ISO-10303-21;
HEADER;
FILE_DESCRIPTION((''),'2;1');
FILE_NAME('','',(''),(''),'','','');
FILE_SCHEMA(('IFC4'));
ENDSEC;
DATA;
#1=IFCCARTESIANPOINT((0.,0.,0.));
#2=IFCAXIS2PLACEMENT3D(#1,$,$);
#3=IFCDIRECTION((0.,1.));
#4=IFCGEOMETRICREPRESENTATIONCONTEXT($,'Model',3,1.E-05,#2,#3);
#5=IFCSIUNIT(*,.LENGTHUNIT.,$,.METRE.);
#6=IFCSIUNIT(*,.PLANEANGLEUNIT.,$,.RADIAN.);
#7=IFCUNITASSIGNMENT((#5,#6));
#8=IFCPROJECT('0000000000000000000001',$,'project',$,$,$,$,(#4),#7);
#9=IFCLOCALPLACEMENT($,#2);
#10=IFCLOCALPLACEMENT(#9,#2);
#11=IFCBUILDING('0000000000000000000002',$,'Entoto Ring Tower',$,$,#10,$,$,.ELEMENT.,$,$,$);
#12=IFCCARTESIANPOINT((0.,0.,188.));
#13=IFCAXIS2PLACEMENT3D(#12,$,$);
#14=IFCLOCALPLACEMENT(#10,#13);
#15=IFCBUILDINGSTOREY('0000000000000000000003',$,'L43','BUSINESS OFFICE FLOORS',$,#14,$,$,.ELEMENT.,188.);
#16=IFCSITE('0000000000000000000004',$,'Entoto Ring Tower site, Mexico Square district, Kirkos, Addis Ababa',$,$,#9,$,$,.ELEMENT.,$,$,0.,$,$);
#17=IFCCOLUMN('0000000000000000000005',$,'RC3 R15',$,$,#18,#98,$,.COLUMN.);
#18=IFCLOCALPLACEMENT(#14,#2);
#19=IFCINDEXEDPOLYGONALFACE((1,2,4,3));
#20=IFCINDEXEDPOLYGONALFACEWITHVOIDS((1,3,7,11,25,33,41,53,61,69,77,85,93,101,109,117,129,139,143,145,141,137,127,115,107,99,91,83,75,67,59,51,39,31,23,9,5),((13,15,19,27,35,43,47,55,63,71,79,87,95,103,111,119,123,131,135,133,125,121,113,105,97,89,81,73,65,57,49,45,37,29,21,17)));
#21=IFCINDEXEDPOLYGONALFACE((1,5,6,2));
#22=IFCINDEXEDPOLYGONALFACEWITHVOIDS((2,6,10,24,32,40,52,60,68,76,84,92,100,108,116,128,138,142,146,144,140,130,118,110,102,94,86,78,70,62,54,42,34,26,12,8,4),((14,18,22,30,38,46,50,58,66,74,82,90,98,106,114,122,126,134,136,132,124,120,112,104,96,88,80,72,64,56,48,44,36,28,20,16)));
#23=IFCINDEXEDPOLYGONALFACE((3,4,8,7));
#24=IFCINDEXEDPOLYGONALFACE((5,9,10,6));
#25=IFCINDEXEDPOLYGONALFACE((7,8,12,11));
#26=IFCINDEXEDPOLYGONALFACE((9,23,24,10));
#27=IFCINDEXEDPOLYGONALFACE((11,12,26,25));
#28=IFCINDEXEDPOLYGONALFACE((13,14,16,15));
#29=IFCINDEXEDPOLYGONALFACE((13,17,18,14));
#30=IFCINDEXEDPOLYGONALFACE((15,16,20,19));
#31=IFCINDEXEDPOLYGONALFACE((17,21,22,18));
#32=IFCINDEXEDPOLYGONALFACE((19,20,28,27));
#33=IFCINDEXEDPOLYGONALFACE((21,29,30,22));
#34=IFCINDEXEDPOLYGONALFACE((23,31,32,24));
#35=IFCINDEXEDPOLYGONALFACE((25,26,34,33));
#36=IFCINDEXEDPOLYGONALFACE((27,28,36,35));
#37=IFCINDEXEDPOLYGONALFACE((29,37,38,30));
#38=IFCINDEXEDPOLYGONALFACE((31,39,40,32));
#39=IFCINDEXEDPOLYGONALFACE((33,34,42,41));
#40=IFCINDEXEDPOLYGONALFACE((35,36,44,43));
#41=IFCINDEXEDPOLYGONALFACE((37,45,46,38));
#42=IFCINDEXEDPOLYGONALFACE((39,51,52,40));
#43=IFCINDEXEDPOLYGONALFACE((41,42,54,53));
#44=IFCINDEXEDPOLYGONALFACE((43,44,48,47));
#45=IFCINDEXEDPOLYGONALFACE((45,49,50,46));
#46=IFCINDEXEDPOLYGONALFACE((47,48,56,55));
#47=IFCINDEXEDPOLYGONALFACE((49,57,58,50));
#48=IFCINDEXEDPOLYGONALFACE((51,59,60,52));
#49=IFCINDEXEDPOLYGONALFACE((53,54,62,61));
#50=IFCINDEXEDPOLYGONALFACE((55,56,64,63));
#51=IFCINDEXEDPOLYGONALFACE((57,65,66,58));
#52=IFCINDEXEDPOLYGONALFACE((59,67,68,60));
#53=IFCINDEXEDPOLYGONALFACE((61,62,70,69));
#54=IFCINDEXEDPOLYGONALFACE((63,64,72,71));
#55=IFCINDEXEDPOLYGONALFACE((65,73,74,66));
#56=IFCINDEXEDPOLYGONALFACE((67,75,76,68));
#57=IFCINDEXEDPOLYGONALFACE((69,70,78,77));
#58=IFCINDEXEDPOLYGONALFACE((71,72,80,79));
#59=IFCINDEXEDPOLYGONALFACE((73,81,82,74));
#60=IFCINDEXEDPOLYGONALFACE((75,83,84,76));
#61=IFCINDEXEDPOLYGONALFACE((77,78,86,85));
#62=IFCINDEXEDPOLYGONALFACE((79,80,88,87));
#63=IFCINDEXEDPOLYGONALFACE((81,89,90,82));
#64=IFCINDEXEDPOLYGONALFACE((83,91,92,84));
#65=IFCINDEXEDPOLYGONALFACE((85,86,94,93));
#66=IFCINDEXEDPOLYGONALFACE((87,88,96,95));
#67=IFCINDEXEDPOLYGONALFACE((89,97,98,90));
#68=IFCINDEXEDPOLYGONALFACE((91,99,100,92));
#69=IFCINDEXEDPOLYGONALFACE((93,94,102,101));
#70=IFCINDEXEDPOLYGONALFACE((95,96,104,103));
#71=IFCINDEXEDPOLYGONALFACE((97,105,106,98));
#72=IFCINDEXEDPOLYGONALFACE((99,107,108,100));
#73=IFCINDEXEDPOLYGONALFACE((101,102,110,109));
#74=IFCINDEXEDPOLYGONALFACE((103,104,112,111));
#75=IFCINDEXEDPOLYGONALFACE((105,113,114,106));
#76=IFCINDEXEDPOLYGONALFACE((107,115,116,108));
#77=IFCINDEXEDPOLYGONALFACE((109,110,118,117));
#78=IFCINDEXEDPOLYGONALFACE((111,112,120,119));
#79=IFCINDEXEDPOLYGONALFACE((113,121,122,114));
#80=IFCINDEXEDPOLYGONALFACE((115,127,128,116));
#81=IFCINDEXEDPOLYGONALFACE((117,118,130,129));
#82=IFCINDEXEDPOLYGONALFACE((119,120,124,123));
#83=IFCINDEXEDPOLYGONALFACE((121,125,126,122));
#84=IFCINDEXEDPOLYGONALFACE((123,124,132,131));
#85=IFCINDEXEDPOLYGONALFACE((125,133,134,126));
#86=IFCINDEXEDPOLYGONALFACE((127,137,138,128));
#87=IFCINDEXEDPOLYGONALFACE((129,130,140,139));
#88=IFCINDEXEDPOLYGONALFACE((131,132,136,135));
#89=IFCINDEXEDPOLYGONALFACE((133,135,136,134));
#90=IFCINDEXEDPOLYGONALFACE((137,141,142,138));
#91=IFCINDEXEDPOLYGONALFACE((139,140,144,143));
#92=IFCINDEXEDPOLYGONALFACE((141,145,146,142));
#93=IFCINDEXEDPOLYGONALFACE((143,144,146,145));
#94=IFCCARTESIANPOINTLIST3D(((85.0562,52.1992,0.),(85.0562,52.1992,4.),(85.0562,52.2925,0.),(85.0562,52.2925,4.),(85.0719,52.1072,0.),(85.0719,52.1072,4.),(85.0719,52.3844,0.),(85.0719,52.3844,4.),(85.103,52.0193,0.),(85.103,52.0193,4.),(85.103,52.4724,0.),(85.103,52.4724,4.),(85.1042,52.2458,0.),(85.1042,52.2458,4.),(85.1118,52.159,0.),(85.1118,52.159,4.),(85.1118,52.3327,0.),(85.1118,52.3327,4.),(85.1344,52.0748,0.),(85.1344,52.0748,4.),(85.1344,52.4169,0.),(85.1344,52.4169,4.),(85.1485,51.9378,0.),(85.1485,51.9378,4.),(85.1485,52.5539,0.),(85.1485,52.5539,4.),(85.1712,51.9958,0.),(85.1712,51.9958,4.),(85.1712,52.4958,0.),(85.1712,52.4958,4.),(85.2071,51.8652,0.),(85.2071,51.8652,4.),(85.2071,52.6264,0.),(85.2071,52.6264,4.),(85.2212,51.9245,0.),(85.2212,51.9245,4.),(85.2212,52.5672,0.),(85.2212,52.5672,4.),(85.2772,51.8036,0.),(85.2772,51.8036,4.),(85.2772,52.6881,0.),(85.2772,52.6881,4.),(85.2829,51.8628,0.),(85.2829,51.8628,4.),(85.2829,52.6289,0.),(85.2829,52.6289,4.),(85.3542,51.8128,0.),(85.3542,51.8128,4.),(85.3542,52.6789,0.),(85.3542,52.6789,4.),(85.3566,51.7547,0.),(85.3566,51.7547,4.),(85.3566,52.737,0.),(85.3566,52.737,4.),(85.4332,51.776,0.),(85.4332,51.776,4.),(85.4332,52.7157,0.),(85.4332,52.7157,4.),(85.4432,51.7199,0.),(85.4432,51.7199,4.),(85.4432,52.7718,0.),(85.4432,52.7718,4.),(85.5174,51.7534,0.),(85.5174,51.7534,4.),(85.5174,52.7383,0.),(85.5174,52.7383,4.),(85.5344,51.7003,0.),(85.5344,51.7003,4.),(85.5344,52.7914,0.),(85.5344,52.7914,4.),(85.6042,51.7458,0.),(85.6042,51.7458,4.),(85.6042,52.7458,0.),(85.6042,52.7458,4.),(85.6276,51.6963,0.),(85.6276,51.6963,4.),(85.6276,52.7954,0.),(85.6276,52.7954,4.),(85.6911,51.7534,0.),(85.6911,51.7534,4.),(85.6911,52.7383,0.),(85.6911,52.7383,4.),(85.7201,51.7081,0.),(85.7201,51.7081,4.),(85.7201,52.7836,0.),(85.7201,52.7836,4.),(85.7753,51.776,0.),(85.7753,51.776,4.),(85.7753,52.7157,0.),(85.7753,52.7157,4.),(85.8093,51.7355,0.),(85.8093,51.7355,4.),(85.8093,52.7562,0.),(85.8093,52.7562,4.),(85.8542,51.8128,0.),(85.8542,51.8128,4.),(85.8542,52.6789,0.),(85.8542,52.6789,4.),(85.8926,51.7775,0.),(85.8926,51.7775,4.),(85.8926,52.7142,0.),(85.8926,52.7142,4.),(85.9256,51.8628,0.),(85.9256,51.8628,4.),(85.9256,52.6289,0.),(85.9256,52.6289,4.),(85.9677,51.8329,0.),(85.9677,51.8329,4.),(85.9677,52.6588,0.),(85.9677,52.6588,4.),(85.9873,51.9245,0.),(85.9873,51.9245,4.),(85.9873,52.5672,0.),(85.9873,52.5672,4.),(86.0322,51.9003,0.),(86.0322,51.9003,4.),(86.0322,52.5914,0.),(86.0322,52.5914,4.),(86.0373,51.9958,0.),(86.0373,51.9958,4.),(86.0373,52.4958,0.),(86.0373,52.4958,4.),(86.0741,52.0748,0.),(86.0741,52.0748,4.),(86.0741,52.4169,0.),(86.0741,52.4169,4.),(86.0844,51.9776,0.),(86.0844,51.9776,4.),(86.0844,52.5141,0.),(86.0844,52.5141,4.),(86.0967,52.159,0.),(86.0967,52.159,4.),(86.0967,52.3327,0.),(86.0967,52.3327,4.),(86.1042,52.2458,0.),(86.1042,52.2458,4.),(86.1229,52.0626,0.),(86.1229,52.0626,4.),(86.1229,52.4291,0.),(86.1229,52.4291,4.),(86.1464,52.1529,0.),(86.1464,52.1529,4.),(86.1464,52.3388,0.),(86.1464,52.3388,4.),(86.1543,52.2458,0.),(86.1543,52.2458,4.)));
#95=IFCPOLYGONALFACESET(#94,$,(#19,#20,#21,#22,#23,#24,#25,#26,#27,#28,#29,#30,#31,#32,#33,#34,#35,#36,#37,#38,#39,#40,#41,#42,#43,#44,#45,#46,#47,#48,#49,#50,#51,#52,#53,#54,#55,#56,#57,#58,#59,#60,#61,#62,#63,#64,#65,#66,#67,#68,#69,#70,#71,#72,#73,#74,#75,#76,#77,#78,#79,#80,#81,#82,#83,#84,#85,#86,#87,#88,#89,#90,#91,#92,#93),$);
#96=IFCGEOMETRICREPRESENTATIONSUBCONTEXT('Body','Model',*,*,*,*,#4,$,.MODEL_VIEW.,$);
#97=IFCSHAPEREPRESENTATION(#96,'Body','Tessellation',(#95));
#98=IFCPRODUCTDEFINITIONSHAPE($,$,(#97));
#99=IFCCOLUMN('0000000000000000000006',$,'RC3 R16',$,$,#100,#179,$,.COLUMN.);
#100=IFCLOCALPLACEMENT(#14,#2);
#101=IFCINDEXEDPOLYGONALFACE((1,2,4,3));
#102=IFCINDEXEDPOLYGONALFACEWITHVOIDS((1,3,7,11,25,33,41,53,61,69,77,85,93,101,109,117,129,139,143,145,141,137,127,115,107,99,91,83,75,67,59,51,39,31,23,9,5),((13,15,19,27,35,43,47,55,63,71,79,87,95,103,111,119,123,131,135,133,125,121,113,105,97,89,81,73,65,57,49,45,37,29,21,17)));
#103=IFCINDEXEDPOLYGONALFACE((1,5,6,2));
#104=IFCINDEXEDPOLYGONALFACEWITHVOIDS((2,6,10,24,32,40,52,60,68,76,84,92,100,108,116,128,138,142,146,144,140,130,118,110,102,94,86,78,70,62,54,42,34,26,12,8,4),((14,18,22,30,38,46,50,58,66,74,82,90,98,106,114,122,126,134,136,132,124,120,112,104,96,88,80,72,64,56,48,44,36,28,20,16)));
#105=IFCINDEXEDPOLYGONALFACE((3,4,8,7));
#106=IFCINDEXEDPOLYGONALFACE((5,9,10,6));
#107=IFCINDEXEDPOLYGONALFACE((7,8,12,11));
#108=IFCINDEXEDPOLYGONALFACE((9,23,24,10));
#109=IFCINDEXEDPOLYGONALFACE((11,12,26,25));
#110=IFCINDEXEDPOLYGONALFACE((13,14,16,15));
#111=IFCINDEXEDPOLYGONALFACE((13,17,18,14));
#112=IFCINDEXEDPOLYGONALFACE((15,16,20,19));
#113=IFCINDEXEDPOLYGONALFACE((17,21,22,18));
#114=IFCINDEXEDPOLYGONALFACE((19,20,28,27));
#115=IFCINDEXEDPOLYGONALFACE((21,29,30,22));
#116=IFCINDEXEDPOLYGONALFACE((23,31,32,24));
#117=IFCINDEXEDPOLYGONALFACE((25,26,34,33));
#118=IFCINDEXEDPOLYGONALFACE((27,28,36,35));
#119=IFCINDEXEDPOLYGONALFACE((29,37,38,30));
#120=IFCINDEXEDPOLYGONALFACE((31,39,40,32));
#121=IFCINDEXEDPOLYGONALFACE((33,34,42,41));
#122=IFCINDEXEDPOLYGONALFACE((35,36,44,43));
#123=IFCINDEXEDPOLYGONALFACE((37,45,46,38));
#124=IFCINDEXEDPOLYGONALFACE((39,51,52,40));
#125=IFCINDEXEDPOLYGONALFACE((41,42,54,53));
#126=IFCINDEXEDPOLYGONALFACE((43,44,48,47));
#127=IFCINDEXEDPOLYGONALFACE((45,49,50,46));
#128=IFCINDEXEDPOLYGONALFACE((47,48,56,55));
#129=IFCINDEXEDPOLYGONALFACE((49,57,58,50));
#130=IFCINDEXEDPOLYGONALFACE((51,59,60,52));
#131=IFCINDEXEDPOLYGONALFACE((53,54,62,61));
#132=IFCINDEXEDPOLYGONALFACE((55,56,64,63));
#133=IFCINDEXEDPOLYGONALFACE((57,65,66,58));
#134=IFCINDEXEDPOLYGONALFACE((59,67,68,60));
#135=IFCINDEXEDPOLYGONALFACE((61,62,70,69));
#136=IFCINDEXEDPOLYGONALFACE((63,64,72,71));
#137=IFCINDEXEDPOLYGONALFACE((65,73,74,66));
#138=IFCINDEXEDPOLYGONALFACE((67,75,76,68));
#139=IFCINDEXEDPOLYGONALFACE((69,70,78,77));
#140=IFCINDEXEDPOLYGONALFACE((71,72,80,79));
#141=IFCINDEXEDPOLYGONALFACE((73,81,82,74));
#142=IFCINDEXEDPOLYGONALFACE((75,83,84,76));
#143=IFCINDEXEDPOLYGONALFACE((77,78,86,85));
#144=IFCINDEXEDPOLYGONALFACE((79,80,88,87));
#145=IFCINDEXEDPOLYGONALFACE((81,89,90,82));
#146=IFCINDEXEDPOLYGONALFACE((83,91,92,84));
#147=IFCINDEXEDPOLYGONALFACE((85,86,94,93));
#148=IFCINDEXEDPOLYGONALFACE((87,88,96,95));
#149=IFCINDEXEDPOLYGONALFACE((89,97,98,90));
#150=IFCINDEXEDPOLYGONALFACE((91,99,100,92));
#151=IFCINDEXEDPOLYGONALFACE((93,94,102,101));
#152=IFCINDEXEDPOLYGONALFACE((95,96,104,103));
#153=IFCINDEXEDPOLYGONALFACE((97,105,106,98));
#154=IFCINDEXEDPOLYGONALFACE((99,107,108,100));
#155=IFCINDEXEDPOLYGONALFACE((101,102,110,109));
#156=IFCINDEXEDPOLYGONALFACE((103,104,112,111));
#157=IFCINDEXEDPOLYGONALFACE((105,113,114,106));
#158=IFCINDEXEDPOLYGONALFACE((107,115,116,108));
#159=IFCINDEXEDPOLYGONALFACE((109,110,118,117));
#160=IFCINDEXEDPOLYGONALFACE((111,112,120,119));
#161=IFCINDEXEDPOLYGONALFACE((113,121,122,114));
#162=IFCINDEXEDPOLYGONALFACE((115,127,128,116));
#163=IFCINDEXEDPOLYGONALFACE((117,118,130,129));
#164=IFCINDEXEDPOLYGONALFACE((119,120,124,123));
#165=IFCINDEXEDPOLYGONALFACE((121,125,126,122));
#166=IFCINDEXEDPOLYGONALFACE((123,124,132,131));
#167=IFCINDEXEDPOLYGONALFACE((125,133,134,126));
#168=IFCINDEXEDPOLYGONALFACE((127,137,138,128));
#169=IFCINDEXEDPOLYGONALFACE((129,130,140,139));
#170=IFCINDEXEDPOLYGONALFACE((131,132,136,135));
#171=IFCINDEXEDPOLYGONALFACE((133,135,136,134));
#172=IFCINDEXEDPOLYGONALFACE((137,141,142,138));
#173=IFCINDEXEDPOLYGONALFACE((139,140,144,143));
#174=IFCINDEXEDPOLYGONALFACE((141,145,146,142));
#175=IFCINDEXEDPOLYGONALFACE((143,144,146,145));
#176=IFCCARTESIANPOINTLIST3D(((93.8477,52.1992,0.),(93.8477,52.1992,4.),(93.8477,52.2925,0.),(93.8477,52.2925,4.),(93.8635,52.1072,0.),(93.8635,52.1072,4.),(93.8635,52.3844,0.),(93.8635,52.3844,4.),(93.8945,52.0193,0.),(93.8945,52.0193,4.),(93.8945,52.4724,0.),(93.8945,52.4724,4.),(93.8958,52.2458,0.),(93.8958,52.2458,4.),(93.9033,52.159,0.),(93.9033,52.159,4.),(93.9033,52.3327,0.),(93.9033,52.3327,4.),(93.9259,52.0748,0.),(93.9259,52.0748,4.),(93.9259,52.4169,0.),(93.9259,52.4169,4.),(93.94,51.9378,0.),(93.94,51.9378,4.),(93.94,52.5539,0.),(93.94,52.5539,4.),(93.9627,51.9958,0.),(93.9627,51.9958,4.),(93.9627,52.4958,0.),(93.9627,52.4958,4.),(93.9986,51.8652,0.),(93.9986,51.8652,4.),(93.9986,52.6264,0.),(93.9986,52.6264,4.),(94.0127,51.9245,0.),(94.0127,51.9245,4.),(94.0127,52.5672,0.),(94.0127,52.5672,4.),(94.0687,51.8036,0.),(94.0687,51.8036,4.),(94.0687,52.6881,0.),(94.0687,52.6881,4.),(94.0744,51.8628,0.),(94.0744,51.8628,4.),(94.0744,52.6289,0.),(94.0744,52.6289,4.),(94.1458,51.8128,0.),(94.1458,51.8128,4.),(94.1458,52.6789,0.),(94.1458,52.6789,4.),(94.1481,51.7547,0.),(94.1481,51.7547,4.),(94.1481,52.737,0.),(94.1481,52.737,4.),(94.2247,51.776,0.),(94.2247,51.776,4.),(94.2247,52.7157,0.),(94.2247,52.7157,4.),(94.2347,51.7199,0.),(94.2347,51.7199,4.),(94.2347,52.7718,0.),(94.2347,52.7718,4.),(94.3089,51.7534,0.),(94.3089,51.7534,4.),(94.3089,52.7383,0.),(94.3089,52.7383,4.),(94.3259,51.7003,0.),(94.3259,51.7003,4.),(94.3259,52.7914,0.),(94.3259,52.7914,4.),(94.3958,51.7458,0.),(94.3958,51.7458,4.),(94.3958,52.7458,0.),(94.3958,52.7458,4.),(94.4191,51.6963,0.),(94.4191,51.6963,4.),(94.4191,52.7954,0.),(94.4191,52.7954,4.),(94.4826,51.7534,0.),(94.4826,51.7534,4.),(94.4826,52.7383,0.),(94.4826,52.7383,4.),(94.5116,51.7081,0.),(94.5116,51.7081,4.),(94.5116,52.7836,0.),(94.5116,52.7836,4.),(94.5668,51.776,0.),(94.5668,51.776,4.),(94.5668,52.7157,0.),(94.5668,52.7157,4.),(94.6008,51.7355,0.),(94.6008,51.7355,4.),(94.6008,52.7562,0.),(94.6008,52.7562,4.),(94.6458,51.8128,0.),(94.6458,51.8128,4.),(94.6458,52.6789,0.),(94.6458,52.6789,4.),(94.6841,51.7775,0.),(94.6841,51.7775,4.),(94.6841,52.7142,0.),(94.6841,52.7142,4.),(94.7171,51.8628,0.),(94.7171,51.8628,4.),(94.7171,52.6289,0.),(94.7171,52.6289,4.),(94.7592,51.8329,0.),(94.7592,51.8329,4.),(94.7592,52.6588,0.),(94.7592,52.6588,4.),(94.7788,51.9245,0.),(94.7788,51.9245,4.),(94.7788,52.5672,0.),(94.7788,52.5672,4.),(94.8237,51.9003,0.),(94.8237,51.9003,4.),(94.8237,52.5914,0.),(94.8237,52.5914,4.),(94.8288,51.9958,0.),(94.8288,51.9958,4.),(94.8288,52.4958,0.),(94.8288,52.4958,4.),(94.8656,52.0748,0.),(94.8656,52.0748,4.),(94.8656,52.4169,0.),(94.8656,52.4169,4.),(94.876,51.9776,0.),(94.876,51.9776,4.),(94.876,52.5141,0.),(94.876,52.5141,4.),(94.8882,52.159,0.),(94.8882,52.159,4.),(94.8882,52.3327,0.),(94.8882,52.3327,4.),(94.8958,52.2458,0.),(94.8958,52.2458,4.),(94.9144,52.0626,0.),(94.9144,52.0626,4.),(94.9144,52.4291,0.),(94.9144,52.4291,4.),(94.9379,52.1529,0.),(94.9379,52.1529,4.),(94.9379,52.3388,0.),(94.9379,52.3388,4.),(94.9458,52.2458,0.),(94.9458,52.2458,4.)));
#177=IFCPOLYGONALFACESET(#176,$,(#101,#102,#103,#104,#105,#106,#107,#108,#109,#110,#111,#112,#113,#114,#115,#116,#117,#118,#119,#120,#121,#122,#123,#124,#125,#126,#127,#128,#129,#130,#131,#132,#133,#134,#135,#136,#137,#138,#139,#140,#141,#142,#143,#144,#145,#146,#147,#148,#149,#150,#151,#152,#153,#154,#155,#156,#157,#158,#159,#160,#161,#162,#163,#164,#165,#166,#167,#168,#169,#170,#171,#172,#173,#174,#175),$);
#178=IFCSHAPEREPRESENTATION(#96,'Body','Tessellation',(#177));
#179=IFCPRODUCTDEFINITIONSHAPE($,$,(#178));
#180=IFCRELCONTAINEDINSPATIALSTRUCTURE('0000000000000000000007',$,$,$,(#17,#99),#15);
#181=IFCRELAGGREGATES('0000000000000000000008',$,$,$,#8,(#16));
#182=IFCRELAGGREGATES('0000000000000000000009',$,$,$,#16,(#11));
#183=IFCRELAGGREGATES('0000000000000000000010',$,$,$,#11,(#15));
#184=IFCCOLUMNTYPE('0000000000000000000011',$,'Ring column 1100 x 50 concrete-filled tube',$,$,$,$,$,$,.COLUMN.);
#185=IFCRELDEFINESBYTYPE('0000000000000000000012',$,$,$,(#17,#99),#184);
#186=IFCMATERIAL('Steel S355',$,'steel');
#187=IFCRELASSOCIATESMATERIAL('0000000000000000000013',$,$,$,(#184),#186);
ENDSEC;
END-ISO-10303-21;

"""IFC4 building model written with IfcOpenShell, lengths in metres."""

from ifc_helpers import new_model, si_unit, direction, frame, origin, origin_2d, place, context, subcontext, project, spatial, circle, hollow_circle, extrude, material, material_profile, profile_set, type_object, element, save


model = new_model("IFC4")

# Units and contexts
model_context = context("Model", 3, precision=1e-05, world=origin(), true_north=direction((0.0, 1.0)))
body_context = subcontext(model_context, "Body", "Model", "MODEL_VIEW")
ifc_project = project(units=[si_unit("LENGTHUNIT", "METRE"), si_unit("PLANEANGLEUNIT", "RADIAN")], contexts=[model_context])

# Site, building, storey
site_placement = place(None, origin())
site = spatial("IfcSite", under=ifc_project, at=site_placement, Name="Entoto Ring Tower site, Mexico Square district, Kirkos, Addis Ababa", CompositionType="ELEMENT", RefElevation=0.0)
building_placement = place(site_placement, origin())
building = spatial("IfcBuilding", under=site, at=building_placement, Name="Entoto Ring Tower", CompositionType="ELEMENT")
storey_placement = place(building_placement, frame((0.0, 0.0, 188.0)))
storey = spatial("IfcBuildingStorey", under=building, at=storey_placement, Name="L43", Description="BUSINESS OFFICE FLOORS", CompositionType="ELEMENT", Elevation=188.0)

# Columns
ifc_material_1 = material(Name="Steel S355", Category="steel")
ifc_material_profile_1 = material_profile(ifc_material_1, hollow_circle(Radius=0.55, WallThickness=0.05, at=origin_2d()), Name="CHS 1100 x 50")
ifc_material_2 = material(Name="Concrete C60/75", Category="concrete")
ifc_material_profile_2 = material_profile(ifc_material_2, circle(Radius=0.5, at=origin_2d()), Name="Concrete C60/75 infill")
ifc_profile_set_1 = profile_set([ifc_material_profile_1, ifc_material_profile_2], Name="Steel S355")
column_type = type_object("IfcColumnType", Name="Ring column 1100 x 50 concrete-filled tube", PredefinedType="COLUMN", material=ifc_profile_set_1)
for number, where, z_axis, x_axis, name in (
    (1, (85.6042, 52.2458, 0.0), (0.0, 0.0, 1.0), (1.0, 0.0, 0.0), "RC3 R15"),
    (2, (94.3958, 52.2458, 0.0), (0.0, 0.0, 1.0), (1.0, 0.0, 0.0), "RC3 R16"),
):
    element("IfcColumn", number, at=place(storey_placement, frame(where, z_axis=z_axis, x_axis=x_axis)), inside=storey, type_object=column_type, Name=name, PredefinedType="COLUMN", context=body_context, shape_type="SweptSolid", body=[
        extrude(hollow_circle(Radius=0.55, WallThickness=0.05, at=origin_2d()), origin(), (0.0, 0.0, 1.0), 4.0),
    ])

save(model, "model.ifc")
